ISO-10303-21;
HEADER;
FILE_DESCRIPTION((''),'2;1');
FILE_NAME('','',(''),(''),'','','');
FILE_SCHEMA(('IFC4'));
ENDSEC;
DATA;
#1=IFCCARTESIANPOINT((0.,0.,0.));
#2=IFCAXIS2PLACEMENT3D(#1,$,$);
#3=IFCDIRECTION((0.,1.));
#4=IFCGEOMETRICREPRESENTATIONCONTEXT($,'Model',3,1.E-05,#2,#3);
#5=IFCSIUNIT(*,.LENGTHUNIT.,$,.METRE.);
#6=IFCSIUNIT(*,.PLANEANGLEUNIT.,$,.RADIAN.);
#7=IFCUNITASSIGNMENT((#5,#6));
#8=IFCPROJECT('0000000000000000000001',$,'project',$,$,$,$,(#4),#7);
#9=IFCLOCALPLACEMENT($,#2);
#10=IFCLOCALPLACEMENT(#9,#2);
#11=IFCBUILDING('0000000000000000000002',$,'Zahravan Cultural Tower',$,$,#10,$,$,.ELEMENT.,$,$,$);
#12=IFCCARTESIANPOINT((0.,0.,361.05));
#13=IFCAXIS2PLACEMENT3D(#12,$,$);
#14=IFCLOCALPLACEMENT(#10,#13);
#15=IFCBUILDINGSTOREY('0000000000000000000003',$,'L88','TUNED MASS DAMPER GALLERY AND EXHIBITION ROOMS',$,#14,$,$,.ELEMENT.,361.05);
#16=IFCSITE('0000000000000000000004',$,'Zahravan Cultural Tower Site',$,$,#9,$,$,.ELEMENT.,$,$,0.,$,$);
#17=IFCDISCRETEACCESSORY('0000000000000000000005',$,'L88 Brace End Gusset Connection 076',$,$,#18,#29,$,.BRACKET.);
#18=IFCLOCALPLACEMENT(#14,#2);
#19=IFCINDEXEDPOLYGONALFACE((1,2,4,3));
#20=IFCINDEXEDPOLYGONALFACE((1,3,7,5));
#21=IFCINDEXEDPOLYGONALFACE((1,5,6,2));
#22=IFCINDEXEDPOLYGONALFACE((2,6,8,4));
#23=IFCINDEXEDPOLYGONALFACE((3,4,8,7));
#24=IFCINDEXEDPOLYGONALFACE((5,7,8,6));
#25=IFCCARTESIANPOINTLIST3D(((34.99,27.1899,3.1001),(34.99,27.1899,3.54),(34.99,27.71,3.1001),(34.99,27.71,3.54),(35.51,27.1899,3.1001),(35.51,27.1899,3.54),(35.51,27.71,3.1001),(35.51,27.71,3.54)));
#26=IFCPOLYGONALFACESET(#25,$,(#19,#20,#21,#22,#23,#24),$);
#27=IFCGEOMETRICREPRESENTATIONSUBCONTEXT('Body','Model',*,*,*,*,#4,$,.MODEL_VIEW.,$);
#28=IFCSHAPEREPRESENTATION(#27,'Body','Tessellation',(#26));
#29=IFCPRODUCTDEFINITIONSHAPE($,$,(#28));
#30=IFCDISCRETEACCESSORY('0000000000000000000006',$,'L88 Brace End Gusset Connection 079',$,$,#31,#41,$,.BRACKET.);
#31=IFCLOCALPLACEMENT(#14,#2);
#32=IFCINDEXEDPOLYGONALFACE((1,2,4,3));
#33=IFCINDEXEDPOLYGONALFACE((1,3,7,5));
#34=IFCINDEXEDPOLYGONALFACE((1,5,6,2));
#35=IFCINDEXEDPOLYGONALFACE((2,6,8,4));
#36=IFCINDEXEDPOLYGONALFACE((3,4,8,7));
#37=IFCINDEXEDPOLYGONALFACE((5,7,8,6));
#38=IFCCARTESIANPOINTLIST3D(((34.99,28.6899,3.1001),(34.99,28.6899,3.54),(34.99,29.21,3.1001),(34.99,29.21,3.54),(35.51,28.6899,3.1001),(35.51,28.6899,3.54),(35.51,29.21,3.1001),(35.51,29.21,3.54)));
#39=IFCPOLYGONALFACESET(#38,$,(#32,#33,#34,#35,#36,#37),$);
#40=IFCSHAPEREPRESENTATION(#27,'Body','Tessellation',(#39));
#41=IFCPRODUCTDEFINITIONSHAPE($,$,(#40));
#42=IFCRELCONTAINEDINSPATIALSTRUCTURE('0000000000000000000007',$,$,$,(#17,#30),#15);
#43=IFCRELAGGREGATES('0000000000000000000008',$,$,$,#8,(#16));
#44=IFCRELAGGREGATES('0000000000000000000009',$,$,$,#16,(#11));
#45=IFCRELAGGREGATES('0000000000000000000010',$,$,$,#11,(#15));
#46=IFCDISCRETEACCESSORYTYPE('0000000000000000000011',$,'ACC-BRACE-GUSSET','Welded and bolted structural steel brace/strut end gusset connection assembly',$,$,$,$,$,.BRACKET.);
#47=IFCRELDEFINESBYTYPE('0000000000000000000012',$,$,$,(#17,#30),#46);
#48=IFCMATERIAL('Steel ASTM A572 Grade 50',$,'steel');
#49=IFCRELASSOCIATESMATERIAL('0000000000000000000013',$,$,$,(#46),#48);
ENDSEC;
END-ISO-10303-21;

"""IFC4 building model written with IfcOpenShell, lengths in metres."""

from ifc_helpers import new_model, si_unit, direction, frame, origin, origin_2d, place, context, subcontext, project, spatial, rectangle, extrude, source, transform, mapped, material, type_object, element, save


model = new_model("IFC4")

# Units and contexts
model_context = context("Model", 3, precision=1e-05, world=origin(), true_north=direction((0.0, 1.0)))
body_context = subcontext(model_context, "Body", "Model", "MODEL_VIEW")
ifc_project = project(units=[si_unit("LENGTHUNIT", "METRE"), si_unit("PLANEANGLEUNIT", "RADIAN")], contexts=[model_context])

# Site, building, storey
site_placement = place(None, origin())
site = spatial("IfcSite", under=ifc_project, at=site_placement, Name="Zahravan Cultural Tower Site", CompositionType="ELEMENT", RefElevation=0.0)
building_placement = place(site_placement, origin())
building = spatial("IfcBuilding", under=site, at=building_placement, Name="Zahravan Cultural Tower", CompositionType="ELEMENT")
storey_placement = place(building_placement, frame((0.0, 0.0, 361.05)))
storey = spatial("IfcBuildingStorey", under=building, at=storey_placement, Name="L88", Description="TUNED MASS DAMPER GALLERY AND EXHIBITION ROOMS", CompositionType="ELEMENT", Elevation=361.05)

# Shared definitions
ifc_material_1 = material(Name="Steel ASTM A572 Grade 50", Category="steel")

# Discrete accessories
discrete_accessory_type = type_object("IfcDiscreteAccessoryType", Name="ACC-BRACE-GUSSET", Description="Welded and bolted structural steel brace/strut end gusset connection assembly", PredefinedType="BRACKET", material=ifc_material_1)
shared_shape_1 = source(origin(), body_context, "Body", "SweptSolid", [
    extrude(rectangle(XDim=0.52, YDim=0.52, at=origin_2d()), origin(), (0.0, 0.0, 1.0), 0.4399),
])
for number, where, z_axis, x_axis, name in (
    (1, (35.25, 27.45, 3.1001), (0.0, 0.0, 1.0), (1.0, 0.0, 0.0), "L88 Brace End Gusset Connection 076"),
    (2, (35.25, 28.95, 3.1001), (0.0, 0.0, 1.0), (1.0, 0.0, 0.0), "L88 Brace End Gusset Connection 079"),
):
    element("IfcDiscreteAccessory", number, at=place(storey_placement, frame(where, z_axis=z_axis, x_axis=x_axis)), inside=storey, type_object=discrete_accessory_type, Name=name, PredefinedType="BRACKET", context=body_context, shape_type="MappedRepresentation", body=[
        mapped(shared_shape_1, transform((0.0, 0.0, 0.0), x_axis=(1.0, 0.0, 0.0), y_axis=(0.0, 1.0, 0.0), z_axis=(0.0, 0.0, 1.0), scale=1.0)),
    ])

save(model, "model.ifc")
